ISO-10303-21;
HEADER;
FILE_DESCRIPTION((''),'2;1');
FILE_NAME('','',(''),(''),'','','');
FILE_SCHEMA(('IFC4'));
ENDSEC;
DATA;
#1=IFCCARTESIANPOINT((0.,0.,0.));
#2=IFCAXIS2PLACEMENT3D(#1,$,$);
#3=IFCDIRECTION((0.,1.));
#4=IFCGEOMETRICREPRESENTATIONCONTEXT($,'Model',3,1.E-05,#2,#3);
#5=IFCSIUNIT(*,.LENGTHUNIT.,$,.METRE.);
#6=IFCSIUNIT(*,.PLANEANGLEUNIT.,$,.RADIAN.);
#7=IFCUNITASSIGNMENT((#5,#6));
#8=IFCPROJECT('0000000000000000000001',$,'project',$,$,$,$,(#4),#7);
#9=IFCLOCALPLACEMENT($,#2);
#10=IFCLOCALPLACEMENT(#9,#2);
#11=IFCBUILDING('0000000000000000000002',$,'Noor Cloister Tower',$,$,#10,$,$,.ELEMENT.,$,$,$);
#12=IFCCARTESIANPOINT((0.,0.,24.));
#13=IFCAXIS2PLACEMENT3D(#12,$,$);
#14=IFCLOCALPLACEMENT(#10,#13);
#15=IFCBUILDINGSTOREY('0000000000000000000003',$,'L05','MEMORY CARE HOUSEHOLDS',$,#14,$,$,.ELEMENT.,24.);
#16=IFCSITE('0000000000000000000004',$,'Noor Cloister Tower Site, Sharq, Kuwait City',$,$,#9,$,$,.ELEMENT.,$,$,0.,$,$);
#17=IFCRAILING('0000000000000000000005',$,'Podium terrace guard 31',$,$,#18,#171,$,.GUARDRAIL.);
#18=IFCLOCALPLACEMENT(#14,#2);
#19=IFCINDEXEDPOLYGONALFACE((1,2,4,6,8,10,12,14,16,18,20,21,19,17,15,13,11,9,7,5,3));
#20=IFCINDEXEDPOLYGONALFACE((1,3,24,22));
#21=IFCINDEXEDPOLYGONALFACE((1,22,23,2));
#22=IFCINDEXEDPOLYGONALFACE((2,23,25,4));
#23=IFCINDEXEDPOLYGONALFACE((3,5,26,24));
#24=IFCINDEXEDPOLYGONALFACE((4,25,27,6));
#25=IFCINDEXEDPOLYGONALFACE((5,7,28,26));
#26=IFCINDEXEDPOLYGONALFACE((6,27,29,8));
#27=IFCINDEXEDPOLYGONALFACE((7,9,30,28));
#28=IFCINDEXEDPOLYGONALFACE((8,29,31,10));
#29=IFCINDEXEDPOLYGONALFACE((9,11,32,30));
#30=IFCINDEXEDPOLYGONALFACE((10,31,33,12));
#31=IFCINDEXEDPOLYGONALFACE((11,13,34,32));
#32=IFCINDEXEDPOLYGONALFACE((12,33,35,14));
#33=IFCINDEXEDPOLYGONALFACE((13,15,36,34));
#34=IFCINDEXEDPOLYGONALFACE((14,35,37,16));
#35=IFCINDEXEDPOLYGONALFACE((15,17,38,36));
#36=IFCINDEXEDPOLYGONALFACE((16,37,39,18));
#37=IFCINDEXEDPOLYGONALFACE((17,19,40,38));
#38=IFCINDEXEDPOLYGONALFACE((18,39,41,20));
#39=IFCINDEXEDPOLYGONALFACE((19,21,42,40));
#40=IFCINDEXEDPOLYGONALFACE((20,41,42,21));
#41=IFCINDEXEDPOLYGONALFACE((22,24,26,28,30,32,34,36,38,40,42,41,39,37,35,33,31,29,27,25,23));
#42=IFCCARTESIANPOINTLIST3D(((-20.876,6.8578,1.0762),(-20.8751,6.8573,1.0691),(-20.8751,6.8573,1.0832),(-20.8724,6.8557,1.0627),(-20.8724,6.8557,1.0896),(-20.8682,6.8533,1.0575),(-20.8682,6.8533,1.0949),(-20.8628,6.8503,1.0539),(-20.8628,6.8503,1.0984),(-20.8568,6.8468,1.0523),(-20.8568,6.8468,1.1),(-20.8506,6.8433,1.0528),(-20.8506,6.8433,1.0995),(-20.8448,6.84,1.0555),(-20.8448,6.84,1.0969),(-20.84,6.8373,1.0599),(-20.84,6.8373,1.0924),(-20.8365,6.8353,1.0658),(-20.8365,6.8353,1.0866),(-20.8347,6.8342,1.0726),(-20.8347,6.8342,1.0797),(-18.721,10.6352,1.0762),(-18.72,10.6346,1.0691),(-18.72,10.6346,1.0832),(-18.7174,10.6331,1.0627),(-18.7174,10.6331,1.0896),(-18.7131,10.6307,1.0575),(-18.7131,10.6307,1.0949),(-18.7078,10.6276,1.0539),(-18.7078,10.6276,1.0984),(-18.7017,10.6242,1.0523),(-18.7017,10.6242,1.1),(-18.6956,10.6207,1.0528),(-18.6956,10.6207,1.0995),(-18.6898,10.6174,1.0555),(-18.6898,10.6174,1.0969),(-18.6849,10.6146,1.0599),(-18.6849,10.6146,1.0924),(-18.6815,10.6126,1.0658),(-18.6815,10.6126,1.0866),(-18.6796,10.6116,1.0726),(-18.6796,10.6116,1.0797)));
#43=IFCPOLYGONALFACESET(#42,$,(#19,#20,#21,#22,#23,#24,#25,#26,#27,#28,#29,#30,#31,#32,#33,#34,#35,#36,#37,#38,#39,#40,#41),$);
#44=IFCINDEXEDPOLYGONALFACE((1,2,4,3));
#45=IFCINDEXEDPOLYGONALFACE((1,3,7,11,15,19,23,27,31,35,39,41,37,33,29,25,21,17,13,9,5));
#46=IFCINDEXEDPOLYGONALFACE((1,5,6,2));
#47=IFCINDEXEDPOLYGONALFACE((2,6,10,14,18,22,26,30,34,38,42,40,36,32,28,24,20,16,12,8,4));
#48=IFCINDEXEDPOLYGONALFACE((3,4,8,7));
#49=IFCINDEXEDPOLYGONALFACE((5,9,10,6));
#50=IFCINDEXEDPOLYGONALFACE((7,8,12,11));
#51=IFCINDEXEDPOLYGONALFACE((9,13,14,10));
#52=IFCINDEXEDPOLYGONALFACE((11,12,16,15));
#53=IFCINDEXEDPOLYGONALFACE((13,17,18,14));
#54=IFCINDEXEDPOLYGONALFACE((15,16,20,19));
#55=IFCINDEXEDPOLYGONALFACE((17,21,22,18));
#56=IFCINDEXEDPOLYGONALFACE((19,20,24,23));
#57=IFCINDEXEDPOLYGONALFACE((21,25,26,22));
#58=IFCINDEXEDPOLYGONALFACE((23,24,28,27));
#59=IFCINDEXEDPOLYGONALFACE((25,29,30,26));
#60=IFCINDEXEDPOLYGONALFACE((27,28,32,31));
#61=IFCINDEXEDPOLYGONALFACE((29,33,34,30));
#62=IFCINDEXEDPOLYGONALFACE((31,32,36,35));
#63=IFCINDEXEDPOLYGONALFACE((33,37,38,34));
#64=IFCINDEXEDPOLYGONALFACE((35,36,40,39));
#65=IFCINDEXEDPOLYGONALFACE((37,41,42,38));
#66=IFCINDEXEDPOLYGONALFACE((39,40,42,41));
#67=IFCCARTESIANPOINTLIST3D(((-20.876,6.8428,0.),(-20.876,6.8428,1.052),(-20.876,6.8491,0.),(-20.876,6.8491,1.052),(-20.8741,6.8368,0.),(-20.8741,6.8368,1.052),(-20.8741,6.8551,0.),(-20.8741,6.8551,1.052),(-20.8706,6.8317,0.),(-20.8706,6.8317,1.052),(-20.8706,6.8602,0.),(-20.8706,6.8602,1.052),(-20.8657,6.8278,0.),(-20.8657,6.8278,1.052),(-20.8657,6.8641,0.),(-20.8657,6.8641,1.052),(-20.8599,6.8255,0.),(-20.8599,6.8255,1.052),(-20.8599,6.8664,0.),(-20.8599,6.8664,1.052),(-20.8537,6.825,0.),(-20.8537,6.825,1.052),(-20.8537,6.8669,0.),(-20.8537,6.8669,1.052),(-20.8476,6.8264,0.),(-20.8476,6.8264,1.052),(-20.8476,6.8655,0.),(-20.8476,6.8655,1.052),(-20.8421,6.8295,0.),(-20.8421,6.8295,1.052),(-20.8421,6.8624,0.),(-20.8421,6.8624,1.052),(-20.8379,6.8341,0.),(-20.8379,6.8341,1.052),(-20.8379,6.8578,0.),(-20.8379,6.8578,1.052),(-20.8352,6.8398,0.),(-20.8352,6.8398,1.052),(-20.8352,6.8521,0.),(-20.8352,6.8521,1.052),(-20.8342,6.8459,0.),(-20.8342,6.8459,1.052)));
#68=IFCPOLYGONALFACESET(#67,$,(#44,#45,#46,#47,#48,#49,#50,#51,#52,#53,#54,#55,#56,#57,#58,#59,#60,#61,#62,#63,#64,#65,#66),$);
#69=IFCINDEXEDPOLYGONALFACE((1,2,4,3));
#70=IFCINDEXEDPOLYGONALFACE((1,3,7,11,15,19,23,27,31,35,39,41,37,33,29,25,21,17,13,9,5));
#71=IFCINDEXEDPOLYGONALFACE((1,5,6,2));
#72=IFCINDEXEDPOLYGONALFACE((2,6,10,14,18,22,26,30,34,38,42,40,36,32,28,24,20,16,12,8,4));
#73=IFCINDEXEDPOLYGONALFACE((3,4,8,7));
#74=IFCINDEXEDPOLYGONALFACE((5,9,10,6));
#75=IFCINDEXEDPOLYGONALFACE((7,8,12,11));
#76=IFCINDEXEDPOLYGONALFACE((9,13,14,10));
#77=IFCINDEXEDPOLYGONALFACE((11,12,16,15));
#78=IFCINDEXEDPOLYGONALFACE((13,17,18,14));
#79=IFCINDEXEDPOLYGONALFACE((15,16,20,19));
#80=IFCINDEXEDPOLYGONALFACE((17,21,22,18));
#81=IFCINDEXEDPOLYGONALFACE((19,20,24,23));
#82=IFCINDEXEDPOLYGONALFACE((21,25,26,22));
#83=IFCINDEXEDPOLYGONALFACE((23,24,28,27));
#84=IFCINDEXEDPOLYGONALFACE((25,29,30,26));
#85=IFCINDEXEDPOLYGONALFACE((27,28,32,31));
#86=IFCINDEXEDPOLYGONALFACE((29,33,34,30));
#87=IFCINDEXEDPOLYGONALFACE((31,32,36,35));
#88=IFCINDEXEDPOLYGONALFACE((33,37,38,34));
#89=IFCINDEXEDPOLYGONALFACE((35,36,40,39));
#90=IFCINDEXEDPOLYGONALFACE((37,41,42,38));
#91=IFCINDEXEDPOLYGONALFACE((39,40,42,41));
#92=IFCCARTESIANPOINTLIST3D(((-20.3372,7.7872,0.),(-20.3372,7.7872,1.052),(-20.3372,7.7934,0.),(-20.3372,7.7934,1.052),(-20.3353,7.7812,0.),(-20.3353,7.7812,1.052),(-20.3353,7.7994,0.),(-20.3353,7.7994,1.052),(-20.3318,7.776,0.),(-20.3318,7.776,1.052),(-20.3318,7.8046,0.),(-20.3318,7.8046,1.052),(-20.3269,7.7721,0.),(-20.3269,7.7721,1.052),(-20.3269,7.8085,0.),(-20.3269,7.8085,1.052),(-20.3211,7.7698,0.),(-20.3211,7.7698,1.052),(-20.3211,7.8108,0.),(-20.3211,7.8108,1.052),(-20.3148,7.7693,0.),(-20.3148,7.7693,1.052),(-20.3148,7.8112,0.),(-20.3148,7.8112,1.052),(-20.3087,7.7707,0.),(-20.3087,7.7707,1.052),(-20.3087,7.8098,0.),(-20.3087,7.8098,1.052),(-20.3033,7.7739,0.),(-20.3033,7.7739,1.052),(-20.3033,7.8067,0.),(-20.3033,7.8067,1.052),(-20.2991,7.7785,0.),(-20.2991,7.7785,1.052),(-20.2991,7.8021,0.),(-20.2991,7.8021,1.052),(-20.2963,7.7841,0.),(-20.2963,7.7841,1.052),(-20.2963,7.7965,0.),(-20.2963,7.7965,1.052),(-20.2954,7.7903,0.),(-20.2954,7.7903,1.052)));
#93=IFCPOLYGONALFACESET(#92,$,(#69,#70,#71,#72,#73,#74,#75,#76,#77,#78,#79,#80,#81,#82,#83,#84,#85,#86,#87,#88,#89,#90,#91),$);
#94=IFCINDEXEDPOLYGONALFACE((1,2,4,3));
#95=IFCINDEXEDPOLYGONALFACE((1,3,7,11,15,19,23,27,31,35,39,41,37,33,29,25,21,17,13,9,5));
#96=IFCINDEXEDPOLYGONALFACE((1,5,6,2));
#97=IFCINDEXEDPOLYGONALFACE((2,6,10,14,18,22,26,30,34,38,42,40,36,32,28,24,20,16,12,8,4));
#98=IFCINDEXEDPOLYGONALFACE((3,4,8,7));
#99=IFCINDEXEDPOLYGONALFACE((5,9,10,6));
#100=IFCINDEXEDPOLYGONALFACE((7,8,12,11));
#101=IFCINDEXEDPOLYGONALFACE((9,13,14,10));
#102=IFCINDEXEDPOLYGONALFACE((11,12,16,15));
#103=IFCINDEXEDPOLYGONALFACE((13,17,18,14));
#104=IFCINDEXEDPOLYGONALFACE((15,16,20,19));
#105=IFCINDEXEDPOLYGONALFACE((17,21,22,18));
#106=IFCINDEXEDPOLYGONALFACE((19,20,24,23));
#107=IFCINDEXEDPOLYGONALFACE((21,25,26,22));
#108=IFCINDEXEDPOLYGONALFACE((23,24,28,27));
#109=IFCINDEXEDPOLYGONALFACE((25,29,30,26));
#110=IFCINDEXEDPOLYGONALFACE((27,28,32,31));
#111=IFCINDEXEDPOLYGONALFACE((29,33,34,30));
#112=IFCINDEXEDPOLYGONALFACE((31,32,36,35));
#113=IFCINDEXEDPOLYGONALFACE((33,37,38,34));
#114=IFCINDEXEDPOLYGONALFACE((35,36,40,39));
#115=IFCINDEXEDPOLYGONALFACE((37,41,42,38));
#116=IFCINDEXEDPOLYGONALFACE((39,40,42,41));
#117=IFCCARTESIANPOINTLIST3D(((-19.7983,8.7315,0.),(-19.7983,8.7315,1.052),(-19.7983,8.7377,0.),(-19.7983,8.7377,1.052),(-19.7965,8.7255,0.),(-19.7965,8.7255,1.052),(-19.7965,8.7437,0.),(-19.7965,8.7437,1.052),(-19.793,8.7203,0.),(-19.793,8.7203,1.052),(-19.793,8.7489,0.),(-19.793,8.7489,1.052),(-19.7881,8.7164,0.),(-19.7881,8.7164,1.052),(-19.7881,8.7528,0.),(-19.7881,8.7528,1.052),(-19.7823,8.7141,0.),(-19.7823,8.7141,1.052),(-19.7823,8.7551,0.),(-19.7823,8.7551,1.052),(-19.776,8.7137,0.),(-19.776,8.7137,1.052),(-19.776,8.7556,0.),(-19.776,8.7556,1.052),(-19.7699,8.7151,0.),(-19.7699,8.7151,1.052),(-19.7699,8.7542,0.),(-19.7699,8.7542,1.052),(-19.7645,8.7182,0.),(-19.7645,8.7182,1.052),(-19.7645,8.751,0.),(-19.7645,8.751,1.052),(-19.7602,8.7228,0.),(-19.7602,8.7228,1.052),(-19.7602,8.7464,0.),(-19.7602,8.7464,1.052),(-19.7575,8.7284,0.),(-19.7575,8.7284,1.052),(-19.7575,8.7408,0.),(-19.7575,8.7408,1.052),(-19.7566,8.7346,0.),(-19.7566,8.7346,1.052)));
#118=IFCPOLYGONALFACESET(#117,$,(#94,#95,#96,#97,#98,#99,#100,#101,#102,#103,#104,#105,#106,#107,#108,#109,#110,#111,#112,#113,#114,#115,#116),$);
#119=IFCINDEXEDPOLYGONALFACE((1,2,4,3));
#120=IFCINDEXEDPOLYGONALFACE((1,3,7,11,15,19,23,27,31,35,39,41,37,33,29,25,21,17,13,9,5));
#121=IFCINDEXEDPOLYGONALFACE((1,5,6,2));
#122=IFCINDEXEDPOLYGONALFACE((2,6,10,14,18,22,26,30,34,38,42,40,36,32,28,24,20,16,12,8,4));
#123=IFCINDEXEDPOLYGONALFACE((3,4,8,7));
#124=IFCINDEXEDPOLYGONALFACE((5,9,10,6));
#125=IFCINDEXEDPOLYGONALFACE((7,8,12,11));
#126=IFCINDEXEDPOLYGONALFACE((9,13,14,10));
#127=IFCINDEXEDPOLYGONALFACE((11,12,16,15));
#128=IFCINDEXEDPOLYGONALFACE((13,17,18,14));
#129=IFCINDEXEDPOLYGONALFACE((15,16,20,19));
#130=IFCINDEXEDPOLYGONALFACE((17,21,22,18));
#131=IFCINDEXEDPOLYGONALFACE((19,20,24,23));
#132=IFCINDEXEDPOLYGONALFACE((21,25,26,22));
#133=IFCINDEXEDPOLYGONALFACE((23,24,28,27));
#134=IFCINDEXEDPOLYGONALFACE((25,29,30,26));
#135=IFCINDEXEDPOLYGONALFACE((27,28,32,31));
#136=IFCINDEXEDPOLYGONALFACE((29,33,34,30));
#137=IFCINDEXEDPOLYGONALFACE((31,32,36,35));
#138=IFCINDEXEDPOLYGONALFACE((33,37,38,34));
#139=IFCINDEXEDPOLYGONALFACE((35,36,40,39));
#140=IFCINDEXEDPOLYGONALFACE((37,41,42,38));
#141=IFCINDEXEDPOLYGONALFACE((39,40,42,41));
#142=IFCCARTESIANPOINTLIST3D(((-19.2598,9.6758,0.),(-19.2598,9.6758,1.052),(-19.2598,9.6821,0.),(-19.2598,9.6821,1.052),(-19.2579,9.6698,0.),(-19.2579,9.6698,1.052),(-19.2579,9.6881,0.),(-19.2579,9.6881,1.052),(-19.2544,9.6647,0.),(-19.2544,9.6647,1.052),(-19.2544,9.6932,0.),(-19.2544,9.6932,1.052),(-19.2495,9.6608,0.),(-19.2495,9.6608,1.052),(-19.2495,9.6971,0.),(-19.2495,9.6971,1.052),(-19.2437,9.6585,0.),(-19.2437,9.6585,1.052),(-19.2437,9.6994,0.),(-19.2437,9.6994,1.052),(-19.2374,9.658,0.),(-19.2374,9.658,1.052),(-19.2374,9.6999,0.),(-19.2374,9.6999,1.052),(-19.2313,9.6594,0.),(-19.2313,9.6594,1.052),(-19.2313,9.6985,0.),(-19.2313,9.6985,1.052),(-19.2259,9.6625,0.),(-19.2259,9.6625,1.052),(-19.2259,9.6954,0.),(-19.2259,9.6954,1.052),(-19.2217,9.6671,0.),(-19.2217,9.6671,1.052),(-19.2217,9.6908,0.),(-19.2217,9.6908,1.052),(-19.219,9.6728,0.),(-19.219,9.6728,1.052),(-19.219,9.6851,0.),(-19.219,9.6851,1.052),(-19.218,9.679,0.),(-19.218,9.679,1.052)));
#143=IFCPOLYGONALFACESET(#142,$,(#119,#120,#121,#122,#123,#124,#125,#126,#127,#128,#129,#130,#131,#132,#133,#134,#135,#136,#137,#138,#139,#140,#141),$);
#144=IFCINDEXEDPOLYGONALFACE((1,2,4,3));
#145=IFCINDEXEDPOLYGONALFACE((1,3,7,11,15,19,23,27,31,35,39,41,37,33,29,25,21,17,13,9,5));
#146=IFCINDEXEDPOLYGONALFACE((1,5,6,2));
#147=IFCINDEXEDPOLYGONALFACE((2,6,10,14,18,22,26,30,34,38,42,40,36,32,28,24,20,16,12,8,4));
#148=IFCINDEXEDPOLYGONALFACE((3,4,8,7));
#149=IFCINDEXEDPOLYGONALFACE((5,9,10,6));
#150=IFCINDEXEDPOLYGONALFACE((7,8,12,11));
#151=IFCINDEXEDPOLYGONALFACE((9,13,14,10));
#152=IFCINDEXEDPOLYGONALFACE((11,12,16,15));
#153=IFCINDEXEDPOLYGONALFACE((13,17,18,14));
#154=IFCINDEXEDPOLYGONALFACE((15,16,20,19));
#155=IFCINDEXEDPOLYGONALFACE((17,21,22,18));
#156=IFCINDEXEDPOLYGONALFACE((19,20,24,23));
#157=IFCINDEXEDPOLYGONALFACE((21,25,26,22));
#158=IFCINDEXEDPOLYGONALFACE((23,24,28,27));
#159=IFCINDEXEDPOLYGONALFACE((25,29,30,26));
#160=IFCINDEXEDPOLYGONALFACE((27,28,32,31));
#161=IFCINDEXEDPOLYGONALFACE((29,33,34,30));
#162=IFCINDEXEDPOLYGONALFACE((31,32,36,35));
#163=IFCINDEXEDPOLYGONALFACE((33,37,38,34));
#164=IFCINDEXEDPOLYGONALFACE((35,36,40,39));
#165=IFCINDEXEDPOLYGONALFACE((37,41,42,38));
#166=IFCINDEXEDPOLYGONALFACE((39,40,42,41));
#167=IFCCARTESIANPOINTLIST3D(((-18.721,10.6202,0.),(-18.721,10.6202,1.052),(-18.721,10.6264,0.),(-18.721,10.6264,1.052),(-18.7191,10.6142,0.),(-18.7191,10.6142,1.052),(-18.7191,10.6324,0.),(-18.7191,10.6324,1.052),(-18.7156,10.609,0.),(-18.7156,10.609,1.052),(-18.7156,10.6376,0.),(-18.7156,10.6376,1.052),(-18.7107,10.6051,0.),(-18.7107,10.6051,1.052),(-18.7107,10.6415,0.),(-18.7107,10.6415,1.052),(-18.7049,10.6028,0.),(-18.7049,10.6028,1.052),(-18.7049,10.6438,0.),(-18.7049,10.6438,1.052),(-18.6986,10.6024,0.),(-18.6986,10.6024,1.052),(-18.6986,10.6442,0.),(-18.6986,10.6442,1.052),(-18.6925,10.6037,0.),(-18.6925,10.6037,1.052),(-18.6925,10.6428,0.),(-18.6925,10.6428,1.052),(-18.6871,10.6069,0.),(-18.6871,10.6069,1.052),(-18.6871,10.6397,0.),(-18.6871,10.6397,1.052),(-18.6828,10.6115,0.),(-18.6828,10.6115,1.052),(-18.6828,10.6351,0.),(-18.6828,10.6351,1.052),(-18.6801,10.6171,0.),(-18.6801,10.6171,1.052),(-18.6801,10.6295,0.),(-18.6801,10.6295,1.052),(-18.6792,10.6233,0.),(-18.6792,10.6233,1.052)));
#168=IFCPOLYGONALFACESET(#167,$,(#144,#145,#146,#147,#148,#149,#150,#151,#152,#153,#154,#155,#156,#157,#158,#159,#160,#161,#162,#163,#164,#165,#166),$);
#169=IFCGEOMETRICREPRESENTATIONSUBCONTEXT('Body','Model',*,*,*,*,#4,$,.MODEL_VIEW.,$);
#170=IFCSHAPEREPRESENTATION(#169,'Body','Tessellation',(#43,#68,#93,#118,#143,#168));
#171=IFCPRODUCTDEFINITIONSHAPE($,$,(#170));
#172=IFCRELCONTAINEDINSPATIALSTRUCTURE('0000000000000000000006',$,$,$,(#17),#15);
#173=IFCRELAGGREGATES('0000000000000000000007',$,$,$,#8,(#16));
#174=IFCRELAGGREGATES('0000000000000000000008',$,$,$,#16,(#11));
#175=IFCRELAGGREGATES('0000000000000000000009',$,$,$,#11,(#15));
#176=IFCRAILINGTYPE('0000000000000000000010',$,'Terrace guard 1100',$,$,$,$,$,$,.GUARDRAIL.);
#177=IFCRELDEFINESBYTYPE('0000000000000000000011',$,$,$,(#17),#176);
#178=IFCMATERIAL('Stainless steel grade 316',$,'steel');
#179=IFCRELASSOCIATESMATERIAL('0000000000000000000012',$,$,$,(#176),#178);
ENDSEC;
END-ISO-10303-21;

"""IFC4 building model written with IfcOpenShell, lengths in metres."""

from ifc_helpers import new_model, si_unit, direction, frame, origin, origin_2d, place, context, subcontext, project, spatial, circle, extrude, material, type_object, element, save


model = new_model("IFC4")

# Units and contexts
model_context = context("Model", 3, precision=1e-05, world=origin(), true_north=direction((0.0, 1.0)))
body_context = subcontext(model_context, "Body", "Model", "MODEL_VIEW")
ifc_project = project(units=[si_unit("LENGTHUNIT", "METRE"), si_unit("PLANEANGLEUNIT", "RADIAN")], contexts=[model_context])

# Site, building, storey
site_placement = place(None, origin())
site = spatial("IfcSite", under=ifc_project, at=site_placement, Name="Noor Cloister Tower Site, Sharq, Kuwait City", CompositionType="ELEMENT", RefElevation=0.0)
building_placement = place(site_placement, origin())
building = spatial("IfcBuilding", under=site, at=building_placement, Name="Noor Cloister Tower", CompositionType="ELEMENT")
storey_placement = place(building_placement, frame((0.0, 0.0, 24.0)))
storey = spatial("IfcBuildingStorey", under=building, at=storey_placement, Name="L05", Description="MEMORY CARE HOUSEHOLDS", CompositionType="ELEMENT", Elevation=24.0)

# Railing
ifc_material_1 = material(Name="Stainless steel grade 316", Category="steel")
railing_type = type_object("IfcRailingType", Name="Terrace guard 1100", PredefinedType="GUARDRAIL", material=ifc_material_1)
railing_1_placement = place(storey_placement, frame((-20.8552, 6.8459, 0.0)))
element("IfcRailing", 1, at=railing_1_placement, inside=storey, type_object=railing_type, Name="Podium terrace guard 31", PredefinedType="GUARDRAIL", context=body_context, shape_type="SweptSolid", body=[
    extrude(circle(Radius=0.0239, at=origin_2d()), frame((0.0, 0.0, 1.0762), z_axis=(0.49554, 0.868585, 0.0), x_axis=(-0.868585, 0.49554, 0.0)), (0.0, 0.0, 1.0), 4.3489),
    extrude(circle(Radius=0.021, at=origin_2d()), origin(), (0.0, 0.0, 1.0), 1.052),
    extrude(circle(Radius=0.021, at=origin_2d()), frame((0.5388, 0.9443, 0.0)), (0.0, 0.0, 1.0), 1.052),
    extrude(circle(Radius=0.021, at=origin_2d()), frame((1.0776, 1.8887, 0.0)), (0.0, 0.0, 1.0), 1.052),
    extrude(circle(Radius=0.021, at=origin_2d()), frame((1.6162, 2.833, 0.0)), (0.0, 0.0, 1.0), 1.052),
    extrude(circle(Radius=0.021, at=origin_2d()), frame((2.155, 3.7773, 0.0)), (0.0, 0.0, 1.0), 1.052),
])

save(model, "model.ifc")
